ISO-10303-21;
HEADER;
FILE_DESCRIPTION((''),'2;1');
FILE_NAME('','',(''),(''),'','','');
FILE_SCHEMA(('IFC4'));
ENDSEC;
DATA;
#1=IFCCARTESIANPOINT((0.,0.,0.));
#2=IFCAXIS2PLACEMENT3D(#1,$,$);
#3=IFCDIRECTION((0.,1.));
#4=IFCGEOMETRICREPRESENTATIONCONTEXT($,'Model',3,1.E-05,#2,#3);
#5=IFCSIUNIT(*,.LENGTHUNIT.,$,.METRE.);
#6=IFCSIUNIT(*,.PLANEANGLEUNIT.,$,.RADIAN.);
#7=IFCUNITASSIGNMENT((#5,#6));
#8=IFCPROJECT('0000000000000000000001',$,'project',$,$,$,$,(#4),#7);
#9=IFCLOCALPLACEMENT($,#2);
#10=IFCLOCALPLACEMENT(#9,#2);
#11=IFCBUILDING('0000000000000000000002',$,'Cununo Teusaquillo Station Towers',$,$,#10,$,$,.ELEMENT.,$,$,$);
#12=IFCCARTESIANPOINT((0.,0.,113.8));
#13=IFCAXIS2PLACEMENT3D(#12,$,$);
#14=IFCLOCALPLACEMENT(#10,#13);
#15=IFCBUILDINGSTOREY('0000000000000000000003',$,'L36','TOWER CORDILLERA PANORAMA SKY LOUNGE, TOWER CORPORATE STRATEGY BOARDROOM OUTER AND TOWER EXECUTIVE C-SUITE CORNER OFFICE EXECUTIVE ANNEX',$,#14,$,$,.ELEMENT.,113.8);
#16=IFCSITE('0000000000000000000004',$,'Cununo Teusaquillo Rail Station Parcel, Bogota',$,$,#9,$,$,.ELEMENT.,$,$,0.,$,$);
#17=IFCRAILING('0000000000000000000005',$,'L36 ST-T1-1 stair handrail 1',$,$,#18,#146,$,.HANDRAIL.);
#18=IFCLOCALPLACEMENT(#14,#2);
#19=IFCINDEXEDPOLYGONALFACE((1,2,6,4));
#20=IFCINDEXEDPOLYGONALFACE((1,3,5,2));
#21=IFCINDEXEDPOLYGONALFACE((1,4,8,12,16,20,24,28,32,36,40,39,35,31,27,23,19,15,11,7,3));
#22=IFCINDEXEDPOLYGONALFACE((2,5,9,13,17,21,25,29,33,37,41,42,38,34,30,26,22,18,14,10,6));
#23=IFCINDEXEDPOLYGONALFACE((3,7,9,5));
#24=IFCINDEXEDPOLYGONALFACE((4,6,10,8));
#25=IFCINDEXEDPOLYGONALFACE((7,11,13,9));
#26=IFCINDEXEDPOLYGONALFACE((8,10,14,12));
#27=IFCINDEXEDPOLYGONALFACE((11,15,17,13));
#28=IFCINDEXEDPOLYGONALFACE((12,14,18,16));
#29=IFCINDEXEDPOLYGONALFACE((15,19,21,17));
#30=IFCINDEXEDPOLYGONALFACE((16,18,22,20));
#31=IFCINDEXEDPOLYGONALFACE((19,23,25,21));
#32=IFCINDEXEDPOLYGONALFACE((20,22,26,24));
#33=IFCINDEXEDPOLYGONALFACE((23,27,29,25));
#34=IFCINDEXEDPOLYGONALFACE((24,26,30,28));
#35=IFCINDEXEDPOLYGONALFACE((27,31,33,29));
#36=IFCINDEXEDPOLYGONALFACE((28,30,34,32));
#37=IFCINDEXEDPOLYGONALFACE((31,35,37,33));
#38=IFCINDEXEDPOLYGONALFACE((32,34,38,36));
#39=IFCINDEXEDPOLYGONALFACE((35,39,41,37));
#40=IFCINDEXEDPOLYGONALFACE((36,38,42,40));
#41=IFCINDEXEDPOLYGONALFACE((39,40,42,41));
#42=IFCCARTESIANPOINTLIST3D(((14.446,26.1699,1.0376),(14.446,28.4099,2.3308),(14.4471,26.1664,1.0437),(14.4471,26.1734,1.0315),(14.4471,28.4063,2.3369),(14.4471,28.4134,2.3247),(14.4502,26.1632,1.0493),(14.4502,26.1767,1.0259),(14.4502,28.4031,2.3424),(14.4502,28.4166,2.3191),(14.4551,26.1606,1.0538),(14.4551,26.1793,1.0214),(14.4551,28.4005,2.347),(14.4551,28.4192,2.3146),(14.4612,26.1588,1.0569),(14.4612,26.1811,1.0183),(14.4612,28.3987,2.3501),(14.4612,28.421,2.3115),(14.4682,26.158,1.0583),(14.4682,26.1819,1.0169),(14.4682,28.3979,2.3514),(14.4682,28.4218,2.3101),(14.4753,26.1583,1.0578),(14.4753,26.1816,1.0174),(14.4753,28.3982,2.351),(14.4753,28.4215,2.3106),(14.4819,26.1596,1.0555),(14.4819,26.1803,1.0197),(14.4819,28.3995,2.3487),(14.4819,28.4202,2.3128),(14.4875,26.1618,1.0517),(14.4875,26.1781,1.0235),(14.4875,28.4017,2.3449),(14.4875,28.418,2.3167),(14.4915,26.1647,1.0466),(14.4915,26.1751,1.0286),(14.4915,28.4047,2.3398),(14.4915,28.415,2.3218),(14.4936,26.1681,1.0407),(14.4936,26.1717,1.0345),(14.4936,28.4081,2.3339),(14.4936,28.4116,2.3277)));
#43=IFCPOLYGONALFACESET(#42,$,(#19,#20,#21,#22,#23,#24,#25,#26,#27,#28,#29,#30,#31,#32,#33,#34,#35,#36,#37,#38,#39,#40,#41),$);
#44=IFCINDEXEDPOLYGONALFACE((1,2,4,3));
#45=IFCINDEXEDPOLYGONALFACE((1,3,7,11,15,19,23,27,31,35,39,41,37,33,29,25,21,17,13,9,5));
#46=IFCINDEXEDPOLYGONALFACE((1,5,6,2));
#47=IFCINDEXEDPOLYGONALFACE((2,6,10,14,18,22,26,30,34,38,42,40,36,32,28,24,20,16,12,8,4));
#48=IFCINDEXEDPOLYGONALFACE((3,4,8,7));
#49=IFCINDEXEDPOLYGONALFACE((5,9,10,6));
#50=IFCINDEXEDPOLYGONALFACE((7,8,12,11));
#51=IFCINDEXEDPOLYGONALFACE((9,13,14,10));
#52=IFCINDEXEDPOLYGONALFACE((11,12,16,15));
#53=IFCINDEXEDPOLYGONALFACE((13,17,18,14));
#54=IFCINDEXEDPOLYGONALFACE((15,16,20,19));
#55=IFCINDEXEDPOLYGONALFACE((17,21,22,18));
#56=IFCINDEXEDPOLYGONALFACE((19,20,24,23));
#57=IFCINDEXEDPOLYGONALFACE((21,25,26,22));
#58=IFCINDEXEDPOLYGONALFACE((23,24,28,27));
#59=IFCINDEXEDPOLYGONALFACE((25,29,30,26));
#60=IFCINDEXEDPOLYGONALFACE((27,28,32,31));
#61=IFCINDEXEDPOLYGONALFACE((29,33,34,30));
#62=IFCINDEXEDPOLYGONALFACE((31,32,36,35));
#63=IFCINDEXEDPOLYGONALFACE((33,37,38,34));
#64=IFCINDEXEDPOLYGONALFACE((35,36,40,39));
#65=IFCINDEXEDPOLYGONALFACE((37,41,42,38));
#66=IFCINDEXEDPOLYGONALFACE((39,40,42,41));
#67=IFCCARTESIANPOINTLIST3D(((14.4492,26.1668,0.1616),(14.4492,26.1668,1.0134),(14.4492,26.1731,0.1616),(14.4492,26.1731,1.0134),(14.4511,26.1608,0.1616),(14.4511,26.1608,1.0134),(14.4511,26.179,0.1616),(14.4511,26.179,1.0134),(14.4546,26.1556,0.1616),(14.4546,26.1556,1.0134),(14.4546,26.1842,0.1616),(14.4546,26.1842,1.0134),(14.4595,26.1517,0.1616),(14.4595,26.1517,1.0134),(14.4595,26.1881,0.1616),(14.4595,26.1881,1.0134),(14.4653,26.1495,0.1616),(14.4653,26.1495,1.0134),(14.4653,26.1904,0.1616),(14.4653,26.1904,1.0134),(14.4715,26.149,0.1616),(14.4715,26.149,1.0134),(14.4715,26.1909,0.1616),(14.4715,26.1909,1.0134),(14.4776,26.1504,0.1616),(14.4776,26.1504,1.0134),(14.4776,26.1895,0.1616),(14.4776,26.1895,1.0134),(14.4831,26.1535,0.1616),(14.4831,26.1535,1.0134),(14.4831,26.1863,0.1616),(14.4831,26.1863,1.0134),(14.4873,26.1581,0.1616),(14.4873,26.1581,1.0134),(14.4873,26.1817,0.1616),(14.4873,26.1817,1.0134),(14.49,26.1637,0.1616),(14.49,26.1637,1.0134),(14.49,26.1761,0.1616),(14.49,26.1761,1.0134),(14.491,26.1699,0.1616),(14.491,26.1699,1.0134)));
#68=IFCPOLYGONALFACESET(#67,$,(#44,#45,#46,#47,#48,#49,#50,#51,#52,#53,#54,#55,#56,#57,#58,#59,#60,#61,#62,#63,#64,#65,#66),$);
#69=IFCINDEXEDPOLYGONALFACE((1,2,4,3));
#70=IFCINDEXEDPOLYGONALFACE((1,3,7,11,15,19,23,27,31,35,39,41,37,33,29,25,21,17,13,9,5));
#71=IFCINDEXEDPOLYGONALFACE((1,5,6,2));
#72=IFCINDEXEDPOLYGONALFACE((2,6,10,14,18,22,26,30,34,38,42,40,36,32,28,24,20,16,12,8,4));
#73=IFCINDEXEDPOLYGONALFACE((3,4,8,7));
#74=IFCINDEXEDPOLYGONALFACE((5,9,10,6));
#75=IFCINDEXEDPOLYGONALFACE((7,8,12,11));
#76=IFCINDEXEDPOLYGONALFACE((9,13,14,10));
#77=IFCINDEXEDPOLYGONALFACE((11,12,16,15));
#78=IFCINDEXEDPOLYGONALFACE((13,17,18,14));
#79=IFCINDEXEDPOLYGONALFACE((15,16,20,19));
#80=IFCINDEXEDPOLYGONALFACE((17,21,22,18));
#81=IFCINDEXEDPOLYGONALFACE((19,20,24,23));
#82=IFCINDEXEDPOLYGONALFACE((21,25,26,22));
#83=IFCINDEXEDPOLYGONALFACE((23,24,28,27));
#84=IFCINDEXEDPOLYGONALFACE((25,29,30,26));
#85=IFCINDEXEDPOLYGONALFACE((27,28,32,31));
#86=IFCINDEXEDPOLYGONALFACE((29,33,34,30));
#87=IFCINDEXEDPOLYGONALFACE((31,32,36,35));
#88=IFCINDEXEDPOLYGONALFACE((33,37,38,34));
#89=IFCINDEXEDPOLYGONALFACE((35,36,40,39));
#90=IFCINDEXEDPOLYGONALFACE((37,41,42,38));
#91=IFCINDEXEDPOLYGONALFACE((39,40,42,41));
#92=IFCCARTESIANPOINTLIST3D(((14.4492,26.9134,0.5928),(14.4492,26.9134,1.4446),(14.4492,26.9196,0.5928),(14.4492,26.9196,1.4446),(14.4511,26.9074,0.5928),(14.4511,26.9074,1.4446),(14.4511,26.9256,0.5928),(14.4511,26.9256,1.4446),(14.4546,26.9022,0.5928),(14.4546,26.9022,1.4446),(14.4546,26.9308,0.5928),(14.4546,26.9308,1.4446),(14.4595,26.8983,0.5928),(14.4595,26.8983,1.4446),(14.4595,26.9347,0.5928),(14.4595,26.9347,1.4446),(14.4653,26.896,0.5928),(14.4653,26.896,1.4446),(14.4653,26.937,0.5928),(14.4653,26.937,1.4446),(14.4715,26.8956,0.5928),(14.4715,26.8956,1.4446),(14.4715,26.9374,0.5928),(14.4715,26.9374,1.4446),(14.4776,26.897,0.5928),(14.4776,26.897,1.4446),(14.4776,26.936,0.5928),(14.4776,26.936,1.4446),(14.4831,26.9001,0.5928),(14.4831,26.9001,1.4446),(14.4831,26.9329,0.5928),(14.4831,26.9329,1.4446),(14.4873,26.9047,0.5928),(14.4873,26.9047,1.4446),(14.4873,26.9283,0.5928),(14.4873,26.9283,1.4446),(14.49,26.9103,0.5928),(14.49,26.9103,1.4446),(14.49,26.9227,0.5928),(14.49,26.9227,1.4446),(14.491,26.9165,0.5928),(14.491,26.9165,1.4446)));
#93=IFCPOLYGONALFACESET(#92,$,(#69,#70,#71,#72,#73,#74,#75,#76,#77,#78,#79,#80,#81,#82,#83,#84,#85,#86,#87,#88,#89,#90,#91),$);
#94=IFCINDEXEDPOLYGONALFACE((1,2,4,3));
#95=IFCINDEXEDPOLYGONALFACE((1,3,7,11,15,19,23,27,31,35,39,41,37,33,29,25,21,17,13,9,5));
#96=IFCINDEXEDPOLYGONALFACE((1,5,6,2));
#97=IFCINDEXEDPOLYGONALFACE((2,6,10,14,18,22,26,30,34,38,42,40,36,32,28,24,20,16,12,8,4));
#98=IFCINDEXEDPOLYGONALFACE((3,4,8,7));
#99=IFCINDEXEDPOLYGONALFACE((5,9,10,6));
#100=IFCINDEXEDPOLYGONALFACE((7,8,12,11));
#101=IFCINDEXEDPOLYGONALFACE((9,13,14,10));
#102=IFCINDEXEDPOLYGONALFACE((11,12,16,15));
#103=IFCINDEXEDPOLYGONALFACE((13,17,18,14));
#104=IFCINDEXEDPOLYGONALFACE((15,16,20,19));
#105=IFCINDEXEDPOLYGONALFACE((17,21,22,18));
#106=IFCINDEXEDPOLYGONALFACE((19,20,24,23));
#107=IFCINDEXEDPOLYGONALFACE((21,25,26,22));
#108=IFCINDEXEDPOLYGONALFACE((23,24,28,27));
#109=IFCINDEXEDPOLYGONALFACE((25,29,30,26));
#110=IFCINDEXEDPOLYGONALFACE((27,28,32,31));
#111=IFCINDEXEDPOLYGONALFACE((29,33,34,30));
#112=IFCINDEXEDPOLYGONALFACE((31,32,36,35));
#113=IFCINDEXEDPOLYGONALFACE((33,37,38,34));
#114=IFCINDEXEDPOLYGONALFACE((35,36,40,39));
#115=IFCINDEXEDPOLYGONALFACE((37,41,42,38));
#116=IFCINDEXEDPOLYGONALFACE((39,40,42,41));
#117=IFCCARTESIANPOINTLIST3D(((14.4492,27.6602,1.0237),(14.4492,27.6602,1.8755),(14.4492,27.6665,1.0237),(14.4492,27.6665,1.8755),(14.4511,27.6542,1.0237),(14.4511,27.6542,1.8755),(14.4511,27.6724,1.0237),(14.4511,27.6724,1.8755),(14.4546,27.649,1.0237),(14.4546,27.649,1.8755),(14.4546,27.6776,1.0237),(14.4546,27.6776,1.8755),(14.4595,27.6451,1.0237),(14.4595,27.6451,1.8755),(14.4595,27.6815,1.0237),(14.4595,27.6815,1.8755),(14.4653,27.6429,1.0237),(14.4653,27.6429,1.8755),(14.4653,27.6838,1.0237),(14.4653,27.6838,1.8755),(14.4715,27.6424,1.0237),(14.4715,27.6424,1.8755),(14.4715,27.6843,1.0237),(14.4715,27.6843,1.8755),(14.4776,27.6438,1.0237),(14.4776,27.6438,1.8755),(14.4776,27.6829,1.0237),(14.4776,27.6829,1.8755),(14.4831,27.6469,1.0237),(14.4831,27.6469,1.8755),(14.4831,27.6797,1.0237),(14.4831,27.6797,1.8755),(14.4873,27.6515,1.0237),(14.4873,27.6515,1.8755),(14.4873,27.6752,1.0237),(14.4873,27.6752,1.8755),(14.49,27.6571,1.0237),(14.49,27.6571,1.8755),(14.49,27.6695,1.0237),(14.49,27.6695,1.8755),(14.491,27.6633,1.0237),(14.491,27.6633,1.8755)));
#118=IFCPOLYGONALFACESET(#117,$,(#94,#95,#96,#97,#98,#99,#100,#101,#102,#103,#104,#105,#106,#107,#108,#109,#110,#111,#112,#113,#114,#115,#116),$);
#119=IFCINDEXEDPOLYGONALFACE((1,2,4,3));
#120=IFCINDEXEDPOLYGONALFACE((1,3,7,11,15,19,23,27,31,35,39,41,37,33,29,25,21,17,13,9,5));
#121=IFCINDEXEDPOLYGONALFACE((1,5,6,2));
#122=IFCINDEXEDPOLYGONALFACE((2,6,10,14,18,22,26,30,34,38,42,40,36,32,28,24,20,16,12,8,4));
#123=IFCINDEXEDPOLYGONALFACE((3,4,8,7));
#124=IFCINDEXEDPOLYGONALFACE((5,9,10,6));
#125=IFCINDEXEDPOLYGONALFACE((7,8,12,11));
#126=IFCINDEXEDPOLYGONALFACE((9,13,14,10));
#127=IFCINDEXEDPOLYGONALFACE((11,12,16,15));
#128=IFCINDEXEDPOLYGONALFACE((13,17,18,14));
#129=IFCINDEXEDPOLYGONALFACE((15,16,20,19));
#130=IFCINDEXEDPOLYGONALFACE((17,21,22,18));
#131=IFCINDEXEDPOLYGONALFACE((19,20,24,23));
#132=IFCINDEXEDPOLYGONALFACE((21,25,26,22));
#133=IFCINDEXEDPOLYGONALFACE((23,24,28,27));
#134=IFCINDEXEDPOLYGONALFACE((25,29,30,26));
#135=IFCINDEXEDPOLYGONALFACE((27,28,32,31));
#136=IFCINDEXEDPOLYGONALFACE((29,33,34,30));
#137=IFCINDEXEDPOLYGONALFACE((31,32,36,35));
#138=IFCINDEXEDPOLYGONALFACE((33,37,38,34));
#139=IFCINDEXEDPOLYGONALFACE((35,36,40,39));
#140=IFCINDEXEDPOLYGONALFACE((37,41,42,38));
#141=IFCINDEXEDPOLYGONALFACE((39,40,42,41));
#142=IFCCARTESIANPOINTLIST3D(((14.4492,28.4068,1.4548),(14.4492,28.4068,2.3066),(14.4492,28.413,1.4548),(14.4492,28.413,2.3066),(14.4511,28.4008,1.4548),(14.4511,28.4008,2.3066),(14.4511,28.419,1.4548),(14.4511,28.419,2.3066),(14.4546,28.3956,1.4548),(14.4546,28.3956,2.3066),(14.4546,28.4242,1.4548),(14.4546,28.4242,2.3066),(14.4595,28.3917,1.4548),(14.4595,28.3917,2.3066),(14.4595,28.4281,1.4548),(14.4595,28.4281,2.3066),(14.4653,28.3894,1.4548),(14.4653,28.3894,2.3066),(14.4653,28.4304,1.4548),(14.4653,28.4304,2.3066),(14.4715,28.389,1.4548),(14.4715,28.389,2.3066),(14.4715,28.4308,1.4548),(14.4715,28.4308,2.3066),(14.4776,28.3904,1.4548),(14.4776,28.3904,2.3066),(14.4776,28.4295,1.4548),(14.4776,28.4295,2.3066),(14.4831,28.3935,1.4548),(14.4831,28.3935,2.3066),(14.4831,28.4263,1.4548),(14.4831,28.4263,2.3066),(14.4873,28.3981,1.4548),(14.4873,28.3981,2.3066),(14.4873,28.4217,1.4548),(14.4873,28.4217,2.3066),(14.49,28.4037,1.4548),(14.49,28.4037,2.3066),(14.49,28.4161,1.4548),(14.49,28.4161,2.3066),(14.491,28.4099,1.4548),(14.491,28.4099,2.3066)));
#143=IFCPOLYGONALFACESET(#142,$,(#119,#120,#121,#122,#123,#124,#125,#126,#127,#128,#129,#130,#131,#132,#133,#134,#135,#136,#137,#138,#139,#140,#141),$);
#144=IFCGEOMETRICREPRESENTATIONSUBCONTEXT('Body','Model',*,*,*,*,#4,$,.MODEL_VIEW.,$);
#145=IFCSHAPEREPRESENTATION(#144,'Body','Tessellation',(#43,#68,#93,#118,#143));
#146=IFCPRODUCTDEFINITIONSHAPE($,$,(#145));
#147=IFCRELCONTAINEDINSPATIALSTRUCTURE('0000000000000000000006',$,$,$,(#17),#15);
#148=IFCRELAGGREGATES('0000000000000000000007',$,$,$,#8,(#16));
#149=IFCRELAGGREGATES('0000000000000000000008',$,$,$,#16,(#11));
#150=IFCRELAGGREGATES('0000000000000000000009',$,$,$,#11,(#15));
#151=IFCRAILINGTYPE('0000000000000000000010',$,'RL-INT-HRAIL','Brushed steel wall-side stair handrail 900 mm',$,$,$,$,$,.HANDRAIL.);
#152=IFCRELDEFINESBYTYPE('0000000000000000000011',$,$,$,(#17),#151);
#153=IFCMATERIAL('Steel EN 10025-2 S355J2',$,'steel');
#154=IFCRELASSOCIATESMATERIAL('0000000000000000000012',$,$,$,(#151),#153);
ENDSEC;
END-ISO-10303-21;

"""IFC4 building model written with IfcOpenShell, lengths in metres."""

from ifc_helpers import new_model, si_unit, direction, frame, origin, origin_2d, place, context, subcontext, project, spatial, circle, extrude, material, type_object, element, save


model = new_model("IFC4")

# Units and contexts
model_context = context("Model", 3, precision=1e-05, world=origin(), true_north=direction((0.0, 1.0)))
body_context = subcontext(model_context, "Body", "Model", "MODEL_VIEW")
ifc_project = project(units=[si_unit("LENGTHUNIT", "METRE"), si_unit("PLANEANGLEUNIT", "RADIAN")], contexts=[model_context])

# Site, building, storey
site_placement = place(None, origin())
site = spatial("IfcSite", under=ifc_project, at=site_placement, Name="Cununo Teusaquillo Rail Station Parcel, Bogota", CompositionType="ELEMENT", RefElevation=0.0)
building_placement = place(site_placement, origin())
building = spatial("IfcBuilding", under=site, at=building_placement, Name="Cununo Teusaquillo Station Towers", CompositionType="ELEMENT")
storey_placement = place(building_placement, frame((0.0, 0.0, 113.8)))
storey = spatial("IfcBuildingStorey", under=building, at=storey_placement, Name="L36", Description="TOWER CORDILLERA PANORAMA SKY LOUNGE, TOWER CORPORATE STRATEGY BOARDROOM OUTER AND TOWER EXECUTIVE C-SUITE CORNER OFFICE EXECUTIVE ANNEX", CompositionType="ELEMENT", Elevation=113.8)

# Railing
ifc_material_1 = material(Name="Steel EN 10025-2 S355J2", Category="steel")
railing_type_1 = type_object("IfcRailingType", Name="RL-INT-HRAIL", Description="Brushed steel wall-side stair handrail 900 mm", PredefinedType="HANDRAIL", material=ifc_material_1)
railing_1_placement = place(storey_placement, frame((14.47, 26.1699, 0.1616)))
element("IfcRailing", 1, at=railing_1_placement, inside=storey, type_object=railing_type_1, Name="L36 ST-T1-1 stair handrail 1", PredefinedType="HANDRAIL", context=body_context, shape_type="SweptSolid", body=[
    extrude(circle(Radius=0.0239, at=origin_2d()), frame((0.0, 0.0, 0.876), z_axis=(0.0, 0.866033, 0.499987), x_axis=(-1.0, 0.0, 0.0)), (0.0, 0.0, 1.0), 2.5864),
    extrude(circle(Radius=0.021, at=origin_2d()), origin(), (0.0, 0.0, 1.0), 0.8518),
    extrude(circle(Radius=0.021, at=origin_2d()), frame((0.0, 0.7466, 0.4312)), (0.0, 0.0, 1.0), 0.8518),
    extrude(circle(Radius=0.021, at=origin_2d()), frame((0.0, 1.4934, 0.8621)), (0.0, 0.0, 1.0), 0.8518),
    extrude(circle(Radius=0.021, at=origin_2d()), frame((0.0, 2.24, 1.2932)), (0.0, 0.0, 1.0), 0.8518),
])

save(model, "model.ifc")
